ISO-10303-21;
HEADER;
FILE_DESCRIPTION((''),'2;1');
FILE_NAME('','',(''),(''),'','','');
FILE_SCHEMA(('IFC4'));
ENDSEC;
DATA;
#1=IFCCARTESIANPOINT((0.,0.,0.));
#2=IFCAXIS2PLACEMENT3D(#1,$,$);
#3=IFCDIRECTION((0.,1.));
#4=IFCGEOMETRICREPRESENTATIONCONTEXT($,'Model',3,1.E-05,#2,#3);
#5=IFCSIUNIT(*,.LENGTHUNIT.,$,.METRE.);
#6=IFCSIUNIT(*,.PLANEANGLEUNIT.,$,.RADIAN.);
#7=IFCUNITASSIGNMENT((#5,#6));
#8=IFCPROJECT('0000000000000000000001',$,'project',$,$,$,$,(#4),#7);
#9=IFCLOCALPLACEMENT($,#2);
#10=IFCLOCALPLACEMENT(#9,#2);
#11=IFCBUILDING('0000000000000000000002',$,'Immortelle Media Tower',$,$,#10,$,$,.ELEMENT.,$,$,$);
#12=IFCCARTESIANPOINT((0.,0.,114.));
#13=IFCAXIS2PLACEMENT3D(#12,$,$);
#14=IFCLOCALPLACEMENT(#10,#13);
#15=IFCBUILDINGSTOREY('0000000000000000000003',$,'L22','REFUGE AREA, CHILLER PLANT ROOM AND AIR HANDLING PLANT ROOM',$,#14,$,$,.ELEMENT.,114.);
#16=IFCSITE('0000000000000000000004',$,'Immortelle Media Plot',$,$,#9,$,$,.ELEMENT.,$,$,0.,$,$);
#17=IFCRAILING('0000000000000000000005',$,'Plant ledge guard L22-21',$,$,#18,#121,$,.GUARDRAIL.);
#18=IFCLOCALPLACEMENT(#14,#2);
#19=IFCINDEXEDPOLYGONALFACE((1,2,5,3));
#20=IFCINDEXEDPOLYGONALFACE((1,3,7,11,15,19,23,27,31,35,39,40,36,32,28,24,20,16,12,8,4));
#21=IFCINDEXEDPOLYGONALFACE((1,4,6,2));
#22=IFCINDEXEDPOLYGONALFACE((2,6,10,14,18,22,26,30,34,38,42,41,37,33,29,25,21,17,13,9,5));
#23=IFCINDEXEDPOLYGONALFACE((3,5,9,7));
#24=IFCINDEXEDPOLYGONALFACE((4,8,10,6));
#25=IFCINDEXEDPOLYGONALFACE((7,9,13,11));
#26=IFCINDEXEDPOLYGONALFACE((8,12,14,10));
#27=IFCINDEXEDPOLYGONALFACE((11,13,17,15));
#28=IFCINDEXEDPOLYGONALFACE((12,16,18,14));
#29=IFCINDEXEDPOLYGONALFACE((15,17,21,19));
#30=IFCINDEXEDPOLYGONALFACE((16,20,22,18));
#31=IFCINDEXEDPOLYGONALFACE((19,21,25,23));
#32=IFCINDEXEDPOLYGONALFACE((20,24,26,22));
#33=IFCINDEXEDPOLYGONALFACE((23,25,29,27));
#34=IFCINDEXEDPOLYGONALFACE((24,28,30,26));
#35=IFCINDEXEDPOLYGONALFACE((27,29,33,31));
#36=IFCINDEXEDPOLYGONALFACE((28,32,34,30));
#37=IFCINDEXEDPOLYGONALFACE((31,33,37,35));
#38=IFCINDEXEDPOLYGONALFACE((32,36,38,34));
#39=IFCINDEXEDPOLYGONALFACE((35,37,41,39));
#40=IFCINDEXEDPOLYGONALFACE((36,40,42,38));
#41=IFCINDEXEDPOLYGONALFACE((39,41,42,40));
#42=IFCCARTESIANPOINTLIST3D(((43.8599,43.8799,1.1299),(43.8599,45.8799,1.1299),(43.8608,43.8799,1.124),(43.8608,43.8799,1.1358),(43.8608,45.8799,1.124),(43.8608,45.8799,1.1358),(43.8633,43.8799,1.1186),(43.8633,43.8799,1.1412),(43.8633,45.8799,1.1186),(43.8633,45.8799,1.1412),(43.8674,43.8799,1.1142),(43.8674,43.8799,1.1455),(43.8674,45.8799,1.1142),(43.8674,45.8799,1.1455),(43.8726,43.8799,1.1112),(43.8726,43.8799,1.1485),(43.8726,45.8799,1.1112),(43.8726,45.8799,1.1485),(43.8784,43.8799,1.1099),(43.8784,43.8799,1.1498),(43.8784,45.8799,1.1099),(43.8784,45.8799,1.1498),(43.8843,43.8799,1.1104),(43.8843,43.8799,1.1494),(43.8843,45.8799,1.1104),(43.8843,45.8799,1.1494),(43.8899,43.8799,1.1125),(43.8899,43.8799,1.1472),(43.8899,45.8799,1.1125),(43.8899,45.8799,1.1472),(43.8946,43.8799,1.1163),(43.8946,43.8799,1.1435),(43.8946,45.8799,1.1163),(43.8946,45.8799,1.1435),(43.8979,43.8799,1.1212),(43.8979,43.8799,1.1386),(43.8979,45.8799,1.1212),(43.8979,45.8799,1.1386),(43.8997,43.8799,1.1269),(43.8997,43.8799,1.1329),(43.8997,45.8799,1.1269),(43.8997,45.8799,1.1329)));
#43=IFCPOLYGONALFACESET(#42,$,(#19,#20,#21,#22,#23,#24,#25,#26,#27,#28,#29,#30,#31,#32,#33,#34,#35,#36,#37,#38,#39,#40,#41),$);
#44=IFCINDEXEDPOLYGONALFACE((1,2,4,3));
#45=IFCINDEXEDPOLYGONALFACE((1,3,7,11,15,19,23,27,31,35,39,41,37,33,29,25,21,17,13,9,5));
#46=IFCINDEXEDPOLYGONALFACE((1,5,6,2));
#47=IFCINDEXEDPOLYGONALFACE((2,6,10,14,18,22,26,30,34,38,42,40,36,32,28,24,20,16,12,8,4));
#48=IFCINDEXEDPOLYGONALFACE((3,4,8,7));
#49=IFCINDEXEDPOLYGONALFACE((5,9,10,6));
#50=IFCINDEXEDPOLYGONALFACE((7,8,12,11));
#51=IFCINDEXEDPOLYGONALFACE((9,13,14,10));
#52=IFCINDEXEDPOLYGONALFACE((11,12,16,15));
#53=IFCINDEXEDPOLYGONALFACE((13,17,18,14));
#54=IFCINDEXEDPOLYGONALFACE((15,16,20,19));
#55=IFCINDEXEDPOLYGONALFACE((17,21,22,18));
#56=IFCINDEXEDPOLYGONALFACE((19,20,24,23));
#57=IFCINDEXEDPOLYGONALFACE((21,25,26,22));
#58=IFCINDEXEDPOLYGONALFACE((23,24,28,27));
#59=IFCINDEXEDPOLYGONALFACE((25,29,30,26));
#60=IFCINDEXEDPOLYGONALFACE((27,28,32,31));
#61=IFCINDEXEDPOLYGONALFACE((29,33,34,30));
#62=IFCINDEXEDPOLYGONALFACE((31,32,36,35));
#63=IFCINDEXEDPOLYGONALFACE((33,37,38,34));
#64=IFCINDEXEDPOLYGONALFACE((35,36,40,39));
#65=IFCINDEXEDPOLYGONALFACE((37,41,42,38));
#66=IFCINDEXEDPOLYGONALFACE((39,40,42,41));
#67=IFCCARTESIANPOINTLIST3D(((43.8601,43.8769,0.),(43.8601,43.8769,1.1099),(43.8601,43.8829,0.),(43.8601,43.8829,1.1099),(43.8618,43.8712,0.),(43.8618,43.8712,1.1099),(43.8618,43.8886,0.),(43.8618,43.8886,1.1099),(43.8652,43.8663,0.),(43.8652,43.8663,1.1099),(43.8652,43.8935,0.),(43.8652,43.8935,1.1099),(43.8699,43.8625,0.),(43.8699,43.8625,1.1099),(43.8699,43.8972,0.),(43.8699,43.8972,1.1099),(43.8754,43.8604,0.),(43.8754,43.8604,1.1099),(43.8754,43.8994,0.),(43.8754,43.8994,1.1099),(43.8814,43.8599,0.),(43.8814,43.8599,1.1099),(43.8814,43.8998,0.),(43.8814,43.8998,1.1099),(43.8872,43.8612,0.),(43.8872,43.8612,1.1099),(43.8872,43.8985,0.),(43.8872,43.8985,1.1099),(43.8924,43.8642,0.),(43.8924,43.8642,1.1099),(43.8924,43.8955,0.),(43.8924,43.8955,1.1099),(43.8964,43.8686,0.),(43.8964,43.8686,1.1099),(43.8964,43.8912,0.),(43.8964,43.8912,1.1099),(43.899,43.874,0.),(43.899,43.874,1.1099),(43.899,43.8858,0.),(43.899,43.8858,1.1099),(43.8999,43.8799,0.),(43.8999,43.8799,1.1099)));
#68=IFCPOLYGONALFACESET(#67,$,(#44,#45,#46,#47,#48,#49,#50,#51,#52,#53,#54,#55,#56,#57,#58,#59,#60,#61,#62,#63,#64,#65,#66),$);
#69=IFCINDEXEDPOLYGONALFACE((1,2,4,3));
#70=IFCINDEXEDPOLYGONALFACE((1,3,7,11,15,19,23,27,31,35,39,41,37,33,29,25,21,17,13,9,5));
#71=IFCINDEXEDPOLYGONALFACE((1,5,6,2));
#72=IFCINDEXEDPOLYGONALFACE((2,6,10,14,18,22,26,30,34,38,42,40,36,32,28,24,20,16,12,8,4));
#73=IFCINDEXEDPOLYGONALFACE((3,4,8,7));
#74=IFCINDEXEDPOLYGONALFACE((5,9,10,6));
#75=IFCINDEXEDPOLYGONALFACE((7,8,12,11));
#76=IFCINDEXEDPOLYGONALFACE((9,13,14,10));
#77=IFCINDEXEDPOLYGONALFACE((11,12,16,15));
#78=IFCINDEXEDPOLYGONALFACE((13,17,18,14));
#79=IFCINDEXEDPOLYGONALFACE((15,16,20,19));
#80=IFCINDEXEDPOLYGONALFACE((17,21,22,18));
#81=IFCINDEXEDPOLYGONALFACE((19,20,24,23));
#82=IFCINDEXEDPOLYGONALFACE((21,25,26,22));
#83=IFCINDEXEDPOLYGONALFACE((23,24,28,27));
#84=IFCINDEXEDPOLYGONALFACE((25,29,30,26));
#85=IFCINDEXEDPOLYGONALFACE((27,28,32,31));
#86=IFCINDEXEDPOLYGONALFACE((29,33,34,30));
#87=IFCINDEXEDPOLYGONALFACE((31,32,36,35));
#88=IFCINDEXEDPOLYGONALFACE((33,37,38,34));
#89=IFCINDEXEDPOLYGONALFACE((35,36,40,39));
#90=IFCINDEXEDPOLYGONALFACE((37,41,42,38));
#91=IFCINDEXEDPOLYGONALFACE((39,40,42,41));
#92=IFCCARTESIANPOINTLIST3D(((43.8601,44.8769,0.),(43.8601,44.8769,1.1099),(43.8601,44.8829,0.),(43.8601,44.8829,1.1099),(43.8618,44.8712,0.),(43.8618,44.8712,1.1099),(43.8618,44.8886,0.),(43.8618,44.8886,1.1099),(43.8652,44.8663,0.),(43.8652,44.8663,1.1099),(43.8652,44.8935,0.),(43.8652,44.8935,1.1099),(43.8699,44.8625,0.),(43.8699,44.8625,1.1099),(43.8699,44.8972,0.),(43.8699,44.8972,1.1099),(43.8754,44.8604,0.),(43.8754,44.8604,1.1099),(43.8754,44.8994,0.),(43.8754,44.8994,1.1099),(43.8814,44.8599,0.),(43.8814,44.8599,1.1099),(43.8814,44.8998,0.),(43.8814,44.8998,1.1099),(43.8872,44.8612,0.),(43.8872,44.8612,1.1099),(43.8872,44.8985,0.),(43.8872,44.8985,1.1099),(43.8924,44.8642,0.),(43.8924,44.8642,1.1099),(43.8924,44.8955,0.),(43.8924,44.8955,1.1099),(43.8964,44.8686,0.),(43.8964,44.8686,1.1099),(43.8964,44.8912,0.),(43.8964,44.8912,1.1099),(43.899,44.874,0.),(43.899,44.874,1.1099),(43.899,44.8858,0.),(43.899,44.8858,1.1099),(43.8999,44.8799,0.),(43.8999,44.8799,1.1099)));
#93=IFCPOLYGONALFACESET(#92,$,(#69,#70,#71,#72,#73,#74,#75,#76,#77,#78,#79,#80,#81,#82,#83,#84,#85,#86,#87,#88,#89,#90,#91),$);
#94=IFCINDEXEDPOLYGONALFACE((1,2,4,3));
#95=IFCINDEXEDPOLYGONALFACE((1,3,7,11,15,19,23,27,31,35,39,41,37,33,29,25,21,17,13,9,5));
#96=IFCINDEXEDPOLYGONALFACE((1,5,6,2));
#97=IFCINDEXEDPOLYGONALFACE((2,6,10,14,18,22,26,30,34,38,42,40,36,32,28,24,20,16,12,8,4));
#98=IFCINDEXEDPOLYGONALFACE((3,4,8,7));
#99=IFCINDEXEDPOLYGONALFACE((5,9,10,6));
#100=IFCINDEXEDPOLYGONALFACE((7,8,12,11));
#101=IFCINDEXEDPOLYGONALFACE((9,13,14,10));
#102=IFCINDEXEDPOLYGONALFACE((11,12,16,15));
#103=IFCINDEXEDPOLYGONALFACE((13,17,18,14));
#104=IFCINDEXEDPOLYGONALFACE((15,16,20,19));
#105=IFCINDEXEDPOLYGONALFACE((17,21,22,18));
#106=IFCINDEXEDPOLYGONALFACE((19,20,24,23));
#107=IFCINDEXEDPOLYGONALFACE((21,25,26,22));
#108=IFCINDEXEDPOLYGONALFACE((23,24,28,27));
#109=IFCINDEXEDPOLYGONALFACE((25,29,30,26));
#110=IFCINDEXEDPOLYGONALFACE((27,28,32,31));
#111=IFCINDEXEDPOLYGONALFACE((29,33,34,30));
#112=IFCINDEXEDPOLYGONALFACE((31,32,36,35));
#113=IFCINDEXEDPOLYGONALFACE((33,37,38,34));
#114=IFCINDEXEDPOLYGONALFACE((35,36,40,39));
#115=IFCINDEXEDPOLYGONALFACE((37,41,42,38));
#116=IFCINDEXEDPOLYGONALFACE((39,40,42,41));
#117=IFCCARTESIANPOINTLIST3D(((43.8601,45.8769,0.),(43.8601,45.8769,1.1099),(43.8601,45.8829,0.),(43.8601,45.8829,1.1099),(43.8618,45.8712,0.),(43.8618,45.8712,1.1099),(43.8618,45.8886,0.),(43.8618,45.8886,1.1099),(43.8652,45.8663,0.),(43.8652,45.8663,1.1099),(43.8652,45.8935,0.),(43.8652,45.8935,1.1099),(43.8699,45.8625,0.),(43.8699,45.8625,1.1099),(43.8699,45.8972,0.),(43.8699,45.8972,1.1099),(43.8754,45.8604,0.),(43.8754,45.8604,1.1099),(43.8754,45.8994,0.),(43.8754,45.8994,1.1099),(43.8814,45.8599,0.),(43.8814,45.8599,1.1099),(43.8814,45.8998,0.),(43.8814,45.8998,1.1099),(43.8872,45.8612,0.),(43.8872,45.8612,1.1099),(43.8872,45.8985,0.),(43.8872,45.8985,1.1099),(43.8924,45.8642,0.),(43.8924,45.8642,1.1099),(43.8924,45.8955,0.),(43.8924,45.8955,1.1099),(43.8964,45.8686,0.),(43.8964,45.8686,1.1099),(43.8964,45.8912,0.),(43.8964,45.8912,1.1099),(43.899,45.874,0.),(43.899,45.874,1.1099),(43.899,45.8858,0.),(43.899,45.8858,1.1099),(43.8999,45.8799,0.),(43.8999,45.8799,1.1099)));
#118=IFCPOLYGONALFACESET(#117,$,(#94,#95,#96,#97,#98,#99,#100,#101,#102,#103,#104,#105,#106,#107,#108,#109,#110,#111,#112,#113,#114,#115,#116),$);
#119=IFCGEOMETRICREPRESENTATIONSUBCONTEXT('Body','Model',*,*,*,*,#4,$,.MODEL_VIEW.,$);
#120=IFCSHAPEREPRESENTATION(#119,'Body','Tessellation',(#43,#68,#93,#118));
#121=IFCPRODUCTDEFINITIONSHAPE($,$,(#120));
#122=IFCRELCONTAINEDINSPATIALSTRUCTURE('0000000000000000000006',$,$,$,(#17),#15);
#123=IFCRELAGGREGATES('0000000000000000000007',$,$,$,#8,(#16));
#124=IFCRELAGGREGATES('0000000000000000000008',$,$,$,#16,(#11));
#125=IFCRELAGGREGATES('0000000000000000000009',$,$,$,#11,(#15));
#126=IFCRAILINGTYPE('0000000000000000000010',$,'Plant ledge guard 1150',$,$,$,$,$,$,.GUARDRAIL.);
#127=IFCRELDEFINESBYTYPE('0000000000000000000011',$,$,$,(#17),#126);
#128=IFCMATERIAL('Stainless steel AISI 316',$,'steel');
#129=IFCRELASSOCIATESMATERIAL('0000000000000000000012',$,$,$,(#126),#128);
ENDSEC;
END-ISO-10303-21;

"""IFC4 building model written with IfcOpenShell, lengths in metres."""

from ifc_helpers import new_model, si_unit, direction, frame, origin, origin_2d, place, context, subcontext, project, spatial, circle, extrude, material, type_object, element, save


model = new_model("IFC4")

# Units and contexts
model_context = context("Model", 3, precision=1e-05, world=origin(), true_north=direction((0.0, 1.0)))
body_context = subcontext(model_context, "Body", "Model", "MODEL_VIEW")
ifc_project = project(units=[si_unit("LENGTHUNIT", "METRE"), si_unit("PLANEANGLEUNIT", "RADIAN")], contexts=[model_context])

# Site, building, storey
site_placement = place(None, origin())
site = spatial("IfcSite", under=ifc_project, at=site_placement, Name="Immortelle Media Plot", CompositionType="ELEMENT", RefElevation=0.0)
building_placement = place(site_placement, origin())
building = spatial("IfcBuilding", under=site, at=building_placement, Name="Immortelle Media Tower", CompositionType="ELEMENT")
storey_placement = place(building_placement, frame((0.0, 0.0, 114.0)))
storey = spatial("IfcBuildingStorey", under=building, at=storey_placement, Name="L22", Description="REFUGE AREA, CHILLER PLANT ROOM AND AIR HANDLING PLANT ROOM", CompositionType="ELEMENT", Elevation=114.0)

# Railing
ifc_material_1 = material(Name="Stainless steel AISI 316", Category="steel")
railing_type = type_object("IfcRailingType", Name="Plant ledge guard 1150", PredefinedType="GUARDRAIL", material=ifc_material_1)
railing_1_placement = place(storey_placement, frame((43.8799, 43.8799, 0.0)))
element("IfcRailing", 1, at=railing_1_placement, inside=storey, type_object=railing_type, Name="Plant ledge guard L22-21", PredefinedType="GUARDRAIL", context=body_context, shape_type="SweptSolid", body=[
    extrude(circle(Radius=0.02, at=origin_2d()), frame((0.0, 0.0, 1.1299), z_axis=(0.0, 1.0, 0.0), x_axis=(-1.0, 0.0, 0.0)), (0.0, 0.0, 1.0), 2.0),
    extrude(circle(Radius=0.02, at=origin_2d()), origin(), (0.0, 0.0, 1.0), 1.1099),
    extrude(circle(Radius=0.02, at=origin_2d()), frame((0.0, 1.0, 0.0)), (0.0, 0.0, 1.0), 1.1099),
    extrude(circle(Radius=0.02, at=origin_2d()), frame((0.0, 2.0, 0.0)), (0.0, 0.0, 1.0), 1.1099),
])

save(model, "model.ifc")
